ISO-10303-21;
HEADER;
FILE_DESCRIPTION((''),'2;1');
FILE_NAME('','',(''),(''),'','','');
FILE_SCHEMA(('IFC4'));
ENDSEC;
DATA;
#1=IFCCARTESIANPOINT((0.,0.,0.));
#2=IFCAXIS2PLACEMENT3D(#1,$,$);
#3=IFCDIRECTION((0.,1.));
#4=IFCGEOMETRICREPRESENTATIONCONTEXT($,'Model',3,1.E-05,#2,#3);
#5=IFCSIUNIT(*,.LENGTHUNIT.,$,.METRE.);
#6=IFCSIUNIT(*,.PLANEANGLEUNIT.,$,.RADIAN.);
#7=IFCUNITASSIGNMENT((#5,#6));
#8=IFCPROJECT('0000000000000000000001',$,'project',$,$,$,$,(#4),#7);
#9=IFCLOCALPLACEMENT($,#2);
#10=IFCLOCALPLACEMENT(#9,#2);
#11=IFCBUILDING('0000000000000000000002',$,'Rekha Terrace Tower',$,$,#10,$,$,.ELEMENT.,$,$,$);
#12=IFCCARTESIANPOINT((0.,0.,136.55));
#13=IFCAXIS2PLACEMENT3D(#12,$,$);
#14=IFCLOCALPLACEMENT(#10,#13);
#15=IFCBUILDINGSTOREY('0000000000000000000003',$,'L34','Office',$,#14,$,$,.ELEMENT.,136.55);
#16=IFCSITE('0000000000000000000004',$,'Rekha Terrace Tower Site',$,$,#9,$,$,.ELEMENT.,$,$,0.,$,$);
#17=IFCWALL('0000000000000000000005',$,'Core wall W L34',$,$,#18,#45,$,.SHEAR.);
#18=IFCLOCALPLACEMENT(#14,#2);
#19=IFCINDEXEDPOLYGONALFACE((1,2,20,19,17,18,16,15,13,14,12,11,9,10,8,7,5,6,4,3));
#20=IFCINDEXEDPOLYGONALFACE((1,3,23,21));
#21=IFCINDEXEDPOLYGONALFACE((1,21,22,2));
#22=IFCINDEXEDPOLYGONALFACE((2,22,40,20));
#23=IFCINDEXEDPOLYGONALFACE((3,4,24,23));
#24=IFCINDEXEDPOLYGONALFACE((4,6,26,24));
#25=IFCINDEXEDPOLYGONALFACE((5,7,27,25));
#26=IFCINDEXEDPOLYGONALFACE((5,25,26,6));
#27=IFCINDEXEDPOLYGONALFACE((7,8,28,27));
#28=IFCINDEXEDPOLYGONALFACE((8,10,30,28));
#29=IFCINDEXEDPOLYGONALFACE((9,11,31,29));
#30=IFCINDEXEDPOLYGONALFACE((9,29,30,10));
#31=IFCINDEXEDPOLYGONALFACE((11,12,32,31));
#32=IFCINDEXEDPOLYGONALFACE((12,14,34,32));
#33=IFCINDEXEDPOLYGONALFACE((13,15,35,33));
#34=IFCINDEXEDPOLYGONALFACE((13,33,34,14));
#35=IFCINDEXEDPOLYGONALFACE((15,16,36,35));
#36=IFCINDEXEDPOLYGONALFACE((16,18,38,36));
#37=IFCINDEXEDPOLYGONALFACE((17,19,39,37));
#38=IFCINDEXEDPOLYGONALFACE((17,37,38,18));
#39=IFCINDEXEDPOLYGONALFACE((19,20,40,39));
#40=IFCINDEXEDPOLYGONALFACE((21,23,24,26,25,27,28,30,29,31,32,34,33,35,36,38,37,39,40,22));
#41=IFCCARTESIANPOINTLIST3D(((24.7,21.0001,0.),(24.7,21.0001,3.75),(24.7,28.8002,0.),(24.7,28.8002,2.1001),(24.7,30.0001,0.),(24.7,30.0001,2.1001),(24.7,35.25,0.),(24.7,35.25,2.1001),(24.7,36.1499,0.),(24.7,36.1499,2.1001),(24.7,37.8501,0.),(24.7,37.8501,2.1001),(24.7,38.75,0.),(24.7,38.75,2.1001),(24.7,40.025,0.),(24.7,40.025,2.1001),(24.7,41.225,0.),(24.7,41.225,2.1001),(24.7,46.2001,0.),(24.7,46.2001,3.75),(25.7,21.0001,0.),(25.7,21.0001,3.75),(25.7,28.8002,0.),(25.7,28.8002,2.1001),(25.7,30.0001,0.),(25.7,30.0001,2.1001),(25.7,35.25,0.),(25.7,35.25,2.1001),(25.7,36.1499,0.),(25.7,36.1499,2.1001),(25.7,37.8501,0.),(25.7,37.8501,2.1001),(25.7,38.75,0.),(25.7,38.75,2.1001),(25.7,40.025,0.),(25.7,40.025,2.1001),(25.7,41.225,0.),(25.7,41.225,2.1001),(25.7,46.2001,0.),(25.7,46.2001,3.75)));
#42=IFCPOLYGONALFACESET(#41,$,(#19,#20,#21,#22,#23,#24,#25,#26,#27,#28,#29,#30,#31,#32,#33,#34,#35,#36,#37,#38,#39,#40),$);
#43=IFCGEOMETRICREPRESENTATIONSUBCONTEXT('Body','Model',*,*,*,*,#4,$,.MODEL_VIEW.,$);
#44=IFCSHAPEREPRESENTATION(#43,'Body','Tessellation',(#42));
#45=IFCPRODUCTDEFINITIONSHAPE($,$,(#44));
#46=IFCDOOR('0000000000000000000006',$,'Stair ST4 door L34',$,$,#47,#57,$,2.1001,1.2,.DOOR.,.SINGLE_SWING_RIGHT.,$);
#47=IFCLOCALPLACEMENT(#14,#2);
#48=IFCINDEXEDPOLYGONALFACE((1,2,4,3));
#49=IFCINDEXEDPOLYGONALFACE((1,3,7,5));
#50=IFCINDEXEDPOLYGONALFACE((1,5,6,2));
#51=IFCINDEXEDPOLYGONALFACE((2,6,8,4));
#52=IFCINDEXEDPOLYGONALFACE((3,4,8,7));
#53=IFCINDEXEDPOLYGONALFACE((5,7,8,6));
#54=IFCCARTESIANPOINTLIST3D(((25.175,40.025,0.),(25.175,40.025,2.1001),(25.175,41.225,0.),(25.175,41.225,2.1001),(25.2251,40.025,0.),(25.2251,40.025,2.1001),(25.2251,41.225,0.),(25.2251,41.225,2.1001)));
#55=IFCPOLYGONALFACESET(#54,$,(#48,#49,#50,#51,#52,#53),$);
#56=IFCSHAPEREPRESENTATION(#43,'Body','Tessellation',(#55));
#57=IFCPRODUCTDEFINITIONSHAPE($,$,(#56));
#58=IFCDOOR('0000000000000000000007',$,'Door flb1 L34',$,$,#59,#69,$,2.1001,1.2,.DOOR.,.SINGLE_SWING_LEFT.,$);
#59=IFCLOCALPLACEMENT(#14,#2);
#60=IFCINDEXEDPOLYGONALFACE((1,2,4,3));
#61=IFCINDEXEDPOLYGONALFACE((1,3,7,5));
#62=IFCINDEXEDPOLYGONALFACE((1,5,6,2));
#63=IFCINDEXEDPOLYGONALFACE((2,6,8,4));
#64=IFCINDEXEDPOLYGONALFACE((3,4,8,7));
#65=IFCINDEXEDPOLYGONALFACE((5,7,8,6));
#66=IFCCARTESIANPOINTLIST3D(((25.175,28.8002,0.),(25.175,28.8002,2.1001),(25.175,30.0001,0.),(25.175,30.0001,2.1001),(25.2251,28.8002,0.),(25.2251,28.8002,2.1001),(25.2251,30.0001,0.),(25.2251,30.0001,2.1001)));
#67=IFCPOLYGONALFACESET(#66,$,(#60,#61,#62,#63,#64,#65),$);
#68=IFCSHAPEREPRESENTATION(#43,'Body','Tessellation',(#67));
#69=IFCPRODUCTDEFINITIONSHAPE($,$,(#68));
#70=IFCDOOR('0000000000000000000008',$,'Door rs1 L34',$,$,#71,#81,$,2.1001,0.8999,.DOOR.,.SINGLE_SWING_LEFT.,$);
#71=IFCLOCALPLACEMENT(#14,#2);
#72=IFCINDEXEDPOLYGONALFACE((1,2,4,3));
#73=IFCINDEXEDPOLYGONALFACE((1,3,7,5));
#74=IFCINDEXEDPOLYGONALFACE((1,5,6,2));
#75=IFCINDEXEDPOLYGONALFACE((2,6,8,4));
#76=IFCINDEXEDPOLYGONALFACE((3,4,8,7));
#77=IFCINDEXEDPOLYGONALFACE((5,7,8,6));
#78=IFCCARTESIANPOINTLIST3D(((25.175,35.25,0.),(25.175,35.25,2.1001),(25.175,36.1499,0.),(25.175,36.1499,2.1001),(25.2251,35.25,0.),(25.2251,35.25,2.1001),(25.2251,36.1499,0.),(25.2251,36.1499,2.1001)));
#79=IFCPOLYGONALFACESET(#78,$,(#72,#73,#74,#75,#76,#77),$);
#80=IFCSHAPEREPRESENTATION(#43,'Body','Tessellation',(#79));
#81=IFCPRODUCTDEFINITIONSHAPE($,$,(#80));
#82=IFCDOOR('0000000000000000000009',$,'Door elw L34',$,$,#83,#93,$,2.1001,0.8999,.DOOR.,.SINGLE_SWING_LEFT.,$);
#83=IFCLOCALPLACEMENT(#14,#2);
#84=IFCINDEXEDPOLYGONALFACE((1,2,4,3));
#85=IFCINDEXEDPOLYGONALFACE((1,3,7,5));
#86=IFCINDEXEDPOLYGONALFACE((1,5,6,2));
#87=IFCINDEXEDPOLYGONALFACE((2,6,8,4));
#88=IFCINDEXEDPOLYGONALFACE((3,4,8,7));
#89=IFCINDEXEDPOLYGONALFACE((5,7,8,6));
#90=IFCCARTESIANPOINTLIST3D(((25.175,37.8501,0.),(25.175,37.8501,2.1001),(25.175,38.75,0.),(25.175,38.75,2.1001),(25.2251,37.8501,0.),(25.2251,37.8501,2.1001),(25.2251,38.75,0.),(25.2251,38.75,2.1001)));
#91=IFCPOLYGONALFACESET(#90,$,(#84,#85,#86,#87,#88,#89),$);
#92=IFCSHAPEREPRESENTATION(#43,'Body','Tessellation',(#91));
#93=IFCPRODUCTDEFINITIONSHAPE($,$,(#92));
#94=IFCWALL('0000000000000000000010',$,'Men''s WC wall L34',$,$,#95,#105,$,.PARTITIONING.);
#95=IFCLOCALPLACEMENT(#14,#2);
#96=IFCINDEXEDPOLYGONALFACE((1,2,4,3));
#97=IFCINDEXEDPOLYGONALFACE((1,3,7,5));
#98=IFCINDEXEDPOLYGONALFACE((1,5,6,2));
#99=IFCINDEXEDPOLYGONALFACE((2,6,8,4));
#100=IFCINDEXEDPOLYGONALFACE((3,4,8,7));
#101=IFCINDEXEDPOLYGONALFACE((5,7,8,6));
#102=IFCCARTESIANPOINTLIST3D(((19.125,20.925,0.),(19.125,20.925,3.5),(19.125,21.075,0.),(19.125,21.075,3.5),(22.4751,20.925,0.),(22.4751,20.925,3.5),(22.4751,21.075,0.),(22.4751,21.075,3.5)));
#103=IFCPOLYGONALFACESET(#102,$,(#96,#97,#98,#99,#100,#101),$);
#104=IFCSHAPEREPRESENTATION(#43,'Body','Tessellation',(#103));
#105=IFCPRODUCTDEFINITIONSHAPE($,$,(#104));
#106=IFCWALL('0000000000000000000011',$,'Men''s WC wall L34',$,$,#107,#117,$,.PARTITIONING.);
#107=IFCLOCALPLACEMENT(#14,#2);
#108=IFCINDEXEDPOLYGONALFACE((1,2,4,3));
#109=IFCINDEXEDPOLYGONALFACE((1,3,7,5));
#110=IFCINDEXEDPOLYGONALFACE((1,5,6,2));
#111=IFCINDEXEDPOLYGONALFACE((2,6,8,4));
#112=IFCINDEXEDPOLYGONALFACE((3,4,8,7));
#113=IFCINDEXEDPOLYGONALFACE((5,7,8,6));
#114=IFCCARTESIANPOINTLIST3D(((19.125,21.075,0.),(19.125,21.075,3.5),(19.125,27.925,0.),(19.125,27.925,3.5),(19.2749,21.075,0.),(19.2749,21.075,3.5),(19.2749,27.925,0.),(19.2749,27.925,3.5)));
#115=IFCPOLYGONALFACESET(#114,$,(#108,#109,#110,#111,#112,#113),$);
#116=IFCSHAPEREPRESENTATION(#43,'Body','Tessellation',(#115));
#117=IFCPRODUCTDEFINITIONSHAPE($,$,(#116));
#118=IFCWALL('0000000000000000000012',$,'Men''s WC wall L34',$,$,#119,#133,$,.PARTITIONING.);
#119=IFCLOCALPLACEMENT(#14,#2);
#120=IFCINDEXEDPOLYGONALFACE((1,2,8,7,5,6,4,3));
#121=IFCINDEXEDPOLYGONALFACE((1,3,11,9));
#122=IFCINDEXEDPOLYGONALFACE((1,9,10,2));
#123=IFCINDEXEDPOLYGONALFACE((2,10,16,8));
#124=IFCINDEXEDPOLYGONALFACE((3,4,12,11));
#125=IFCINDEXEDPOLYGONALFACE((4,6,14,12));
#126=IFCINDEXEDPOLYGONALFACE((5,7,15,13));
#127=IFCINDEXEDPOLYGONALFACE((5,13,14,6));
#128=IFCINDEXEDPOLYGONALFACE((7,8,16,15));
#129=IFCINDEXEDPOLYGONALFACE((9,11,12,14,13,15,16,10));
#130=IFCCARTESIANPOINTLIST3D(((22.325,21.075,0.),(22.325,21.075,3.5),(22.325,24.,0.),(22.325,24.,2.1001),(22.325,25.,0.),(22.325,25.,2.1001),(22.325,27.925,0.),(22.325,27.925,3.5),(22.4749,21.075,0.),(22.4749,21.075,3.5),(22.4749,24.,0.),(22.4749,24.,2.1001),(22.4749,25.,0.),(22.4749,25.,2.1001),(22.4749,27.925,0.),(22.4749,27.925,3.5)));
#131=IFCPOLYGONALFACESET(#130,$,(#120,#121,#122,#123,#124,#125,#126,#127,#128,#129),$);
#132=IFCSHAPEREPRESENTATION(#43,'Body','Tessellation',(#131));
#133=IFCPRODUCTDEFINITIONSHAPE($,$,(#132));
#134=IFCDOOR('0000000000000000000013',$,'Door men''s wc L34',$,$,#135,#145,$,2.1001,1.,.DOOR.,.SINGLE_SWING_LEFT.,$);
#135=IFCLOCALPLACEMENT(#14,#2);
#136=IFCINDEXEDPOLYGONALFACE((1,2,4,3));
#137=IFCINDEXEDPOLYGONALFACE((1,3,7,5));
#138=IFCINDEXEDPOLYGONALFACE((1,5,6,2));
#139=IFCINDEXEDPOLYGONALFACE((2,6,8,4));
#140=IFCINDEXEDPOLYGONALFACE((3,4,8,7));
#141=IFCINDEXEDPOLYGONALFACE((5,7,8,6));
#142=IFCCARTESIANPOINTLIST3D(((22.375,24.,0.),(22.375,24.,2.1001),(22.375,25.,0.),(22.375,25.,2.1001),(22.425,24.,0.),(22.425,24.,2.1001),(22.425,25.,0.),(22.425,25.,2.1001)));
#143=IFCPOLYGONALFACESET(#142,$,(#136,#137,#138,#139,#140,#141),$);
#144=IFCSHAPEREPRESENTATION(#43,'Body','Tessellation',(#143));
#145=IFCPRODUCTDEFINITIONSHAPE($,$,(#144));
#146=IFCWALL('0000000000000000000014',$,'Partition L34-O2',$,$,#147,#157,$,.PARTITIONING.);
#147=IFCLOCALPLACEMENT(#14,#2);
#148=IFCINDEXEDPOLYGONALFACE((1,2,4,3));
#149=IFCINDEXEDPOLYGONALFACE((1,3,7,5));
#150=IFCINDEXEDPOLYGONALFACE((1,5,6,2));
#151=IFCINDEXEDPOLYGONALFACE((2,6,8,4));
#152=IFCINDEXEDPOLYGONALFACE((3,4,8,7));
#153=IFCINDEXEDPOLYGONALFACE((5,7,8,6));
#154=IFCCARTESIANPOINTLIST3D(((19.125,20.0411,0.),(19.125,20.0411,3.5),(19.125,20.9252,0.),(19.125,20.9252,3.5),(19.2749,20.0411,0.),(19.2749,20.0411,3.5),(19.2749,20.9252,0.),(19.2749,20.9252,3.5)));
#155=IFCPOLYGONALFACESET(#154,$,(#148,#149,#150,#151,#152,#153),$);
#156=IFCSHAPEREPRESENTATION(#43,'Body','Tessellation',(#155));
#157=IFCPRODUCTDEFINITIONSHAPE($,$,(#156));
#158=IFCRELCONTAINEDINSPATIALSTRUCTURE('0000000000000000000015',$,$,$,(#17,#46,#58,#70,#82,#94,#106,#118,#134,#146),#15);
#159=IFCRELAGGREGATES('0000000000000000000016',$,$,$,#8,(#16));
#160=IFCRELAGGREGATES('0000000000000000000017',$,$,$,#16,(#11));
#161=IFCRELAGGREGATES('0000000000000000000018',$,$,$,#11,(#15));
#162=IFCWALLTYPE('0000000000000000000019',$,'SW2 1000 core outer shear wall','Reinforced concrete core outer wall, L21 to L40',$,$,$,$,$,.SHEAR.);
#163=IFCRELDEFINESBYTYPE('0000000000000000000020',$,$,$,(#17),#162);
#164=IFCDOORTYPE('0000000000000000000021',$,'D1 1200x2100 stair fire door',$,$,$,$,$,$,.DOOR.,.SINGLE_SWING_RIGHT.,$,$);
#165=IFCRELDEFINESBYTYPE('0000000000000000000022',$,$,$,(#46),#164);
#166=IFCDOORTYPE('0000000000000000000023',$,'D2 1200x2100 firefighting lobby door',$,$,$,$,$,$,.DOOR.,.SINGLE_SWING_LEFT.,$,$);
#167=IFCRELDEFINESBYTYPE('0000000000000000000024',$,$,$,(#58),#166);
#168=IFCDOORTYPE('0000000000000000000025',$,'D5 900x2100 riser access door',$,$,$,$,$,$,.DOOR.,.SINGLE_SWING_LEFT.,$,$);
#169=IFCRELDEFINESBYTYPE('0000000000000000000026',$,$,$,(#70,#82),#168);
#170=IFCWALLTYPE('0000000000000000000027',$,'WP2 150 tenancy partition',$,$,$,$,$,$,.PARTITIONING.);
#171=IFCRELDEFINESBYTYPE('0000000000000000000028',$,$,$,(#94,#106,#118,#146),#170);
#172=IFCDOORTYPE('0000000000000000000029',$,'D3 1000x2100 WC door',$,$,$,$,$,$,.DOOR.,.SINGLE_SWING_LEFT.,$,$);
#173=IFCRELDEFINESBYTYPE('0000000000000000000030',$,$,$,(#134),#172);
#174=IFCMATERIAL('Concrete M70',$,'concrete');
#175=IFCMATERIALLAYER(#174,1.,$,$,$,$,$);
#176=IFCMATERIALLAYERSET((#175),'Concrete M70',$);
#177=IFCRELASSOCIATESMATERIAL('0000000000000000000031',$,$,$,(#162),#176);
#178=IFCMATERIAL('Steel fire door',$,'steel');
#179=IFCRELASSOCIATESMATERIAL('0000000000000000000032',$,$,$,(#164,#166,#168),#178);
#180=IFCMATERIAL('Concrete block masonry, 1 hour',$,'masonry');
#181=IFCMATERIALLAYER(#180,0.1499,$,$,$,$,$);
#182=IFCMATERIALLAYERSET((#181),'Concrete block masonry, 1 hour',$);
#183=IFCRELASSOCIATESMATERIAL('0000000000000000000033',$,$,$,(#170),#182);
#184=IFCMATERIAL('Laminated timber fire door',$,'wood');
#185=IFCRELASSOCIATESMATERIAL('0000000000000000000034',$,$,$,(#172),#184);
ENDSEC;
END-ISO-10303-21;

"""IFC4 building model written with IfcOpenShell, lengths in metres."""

from ifc_helpers import new_model, si_unit, direction, frame, frame_2d, origin, place, context, subcontext, project, spatial, rectangle, extrude, material, layer, layer_set, type_object, element, fill, save


model = new_model("IFC4")

# Units and contexts
model_context = context("Model", 3, precision=1e-05, world=origin(), true_north=direction((0.0, 1.0)))
body_context = subcontext(model_context, "Body", "Model", "MODEL_VIEW")
ifc_project = project(units=[si_unit("LENGTHUNIT", "METRE"), si_unit("PLANEANGLEUNIT", "RADIAN")], contexts=[model_context])

# Site, building, storey
site_placement = place(None, origin())
site = spatial("IfcSite", under=ifc_project, at=site_placement, Name="Rekha Terrace Tower Site", CompositionType="ELEMENT", RefElevation=0.0)
building_placement = place(site_placement, origin())
building = spatial("IfcBuilding", under=site, at=building_placement, Name="Rekha Terrace Tower", CompositionType="ELEMENT")
storey_placement = place(building_placement, frame((0.0, 0.0, 136.55)))
storey = spatial("IfcBuildingStorey", under=building, at=storey_placement, Name="L34", Description="Office", CompositionType="ELEMENT", Elevation=136.55)

# Shared definitions
ifc_material_1 = material(Name="Concrete M70", Category="concrete")

# Shared definitions
ifc_layer_1 = layer(ifc_material_1, 1.0)
ifc_layer_set_1 = layer_set([ifc_layer_1], Name="Concrete M70")
wall_type_1 = type_object("IfcWallType", Name="SW2 1000 core outer shear wall", Description="Reinforced concrete core outer wall, L21 to L40", PredefinedType="SHEAR", material=ifc_layer_set_1)

# Wall, openings, doors
wall_1_placement = place(storey_placement, frame((25.2, 21.0, 0.0), z_axis=(0.0, 0.0, 1.0), x_axis=(0.0, 1.0, 0.0)))
wall_1 = element("IfcWall", 1, at=wall_1_placement, inside=storey, type_object=wall_type_1, Name="Core wall W L34", PredefinedType="SHEAR", context=body_context, shape_type="SweptSolid", body=[
    extrude(rectangle(XDim=25.2, YDim=1.0, at=frame_2d((12.6001, 0.0))), origin(), (0.0, 0.0, 1.0), 3.75),
])
opening_1_placement = place(wall_1_placement, frame((7.8, 0.0, 0.0)))
opening_1 = element("IfcOpeningElement", 2, at=opening_1_placement, cuts=wall_1, PredefinedType="OPENING", context=body_context, shape_type="SweptSolid", body=[
    extrude(rectangle(XDim=1.2, YDim=2.1001, at=frame_2d((0.6001, 1.05))), frame((0.0, 0.51, 0.0), z_axis=(0.0, -1.0, 0.0), x_axis=(1.0, 0.0, 0.0)), (0.0, 0.0, 1.0), 1.02),
])
opening_2_placement = place(wall_1_placement, frame((14.25, 0.0, 0.0)))
opening_2 = element("IfcOpeningElement", 3, at=opening_2_placement, cuts=wall_1, PredefinedType="OPENING", context=body_context, shape_type="SweptSolid", body=[
    extrude(rectangle(XDim=0.8999, YDim=2.1001, at=frame_2d((0.45, 1.05))), frame((0.0, 0.51, 0.0), z_axis=(0.0, -1.0, 0.0), x_axis=(1.0, 0.0, 0.0)), (0.0, 0.0, 1.0), 1.02),
])
opening_3_placement = place(wall_1_placement, frame((16.8501, 0.0, 0.0)))
opening_3 = element("IfcOpeningElement", 4, at=opening_3_placement, cuts=wall_1, PredefinedType="OPENING", context=body_context, shape_type="SweptSolid", body=[
    extrude(rectangle(XDim=0.8999, YDim=2.1001, at=frame_2d((0.45, 1.05))), frame((0.0, 0.51, 0.0), z_axis=(0.0, -1.0, 0.0), x_axis=(1.0, 0.0, 0.0)), (0.0, 0.0, 1.0), 1.02),
])
opening_4_placement = place(wall_1_placement, frame((19.0249, 0.0, 0.0)))
opening_4 = element("IfcOpeningElement", 5, at=opening_4_placement, cuts=wall_1, PredefinedType="OPENING", context=body_context, shape_type="SweptSolid", body=[
    extrude(rectangle(XDim=1.2, YDim=2.1001, at=frame_2d((0.6001, 1.05))), frame((0.0, 0.51, 0.0), z_axis=(0.0, -1.0, 0.0), x_axis=(1.0, 0.0, 0.0)), (0.0, 0.0, 1.0), 1.02),
])
ifc_material_2 = material(Name="Steel fire door", Category="steel")
door_type_1 = type_object("IfcDoorType", Name="D1 1200x2100 stair fire door", OperationType="SINGLE_SWING_RIGHT", PredefinedType="DOOR", material=ifc_material_2)
door_1_placement = place(opening_4_placement, origin())
door_1 = element("IfcDoor", 6, at=door_1_placement, inside=storey, type_object=door_type_1, Name="Stair ST4 door L34", OperationType="SINGLE_SWING_RIGHT", OverallHeight=2.1001, OverallWidth=1.2, PredefinedType="DOOR", context=body_context, shape_type="SweptSolid", body=[
    extrude(rectangle(XDim=1.2, YDim=2.1001, at=frame_2d((0.6001, 1.05))), frame((0.0, 0.0249, 0.0), z_axis=(0.0, -1.0, 0.0), x_axis=(1.0, 0.0, 0.0)), (0.0, 0.0, 1.0), 0.05),
])
fill(opening_4, door_1)
door_type_2 = type_object("IfcDoorType", Name="D2 1200x2100 firefighting lobby door", OperationType="SINGLE_SWING_LEFT", PredefinedType="DOOR", material=ifc_material_2)
door_2_placement = place(opening_1_placement, origin())
door_2 = element("IfcDoor", 7, at=door_2_placement, inside=storey, type_object=door_type_2, Name="Door flb1 L34", OperationType="SINGLE_SWING_LEFT", OverallHeight=2.1001, OverallWidth=1.2, PredefinedType="DOOR", context=body_context, shape_type="SweptSolid", body=[
    extrude(rectangle(XDim=1.2, YDim=2.1001, at=frame_2d((0.6001, 1.05))), frame((0.0, 0.0249, 0.0), z_axis=(0.0, -1.0, 0.0), x_axis=(1.0, 0.0, 0.0)), (0.0, 0.0, 1.0), 0.05),
])
fill(opening_1, door_2)
door_type_3 = type_object("IfcDoorType", Name="D5 900x2100 riser access door", OperationType="SINGLE_SWING_LEFT", PredefinedType="DOOR", material=ifc_material_2)
door_3_placement = place(opening_2_placement, origin())
door_3 = element("IfcDoor", 8, at=door_3_placement, inside=storey, type_object=door_type_3, Name="Door rs1 L34", OperationType="SINGLE_SWING_LEFT", OverallHeight=2.1001, OverallWidth=0.8999, PredefinedType="DOOR", context=body_context, shape_type="SweptSolid", body=[
    extrude(rectangle(XDim=0.8999, YDim=2.1001, at=frame_2d((0.45, 1.05))), frame((0.0, 0.0249, 0.0), z_axis=(0.0, -1.0, 0.0), x_axis=(1.0, 0.0, 0.0)), (0.0, 0.0, 1.0), 0.05),
])
fill(opening_2, door_3)
door_4_placement = place(opening_3_placement, origin())
door_4 = element("IfcDoor", 9, at=door_4_placement, inside=storey, type_object=door_type_3, Name="Door elw L34", OperationType="SINGLE_SWING_LEFT", OverallHeight=2.1001, OverallWidth=0.8999, PredefinedType="DOOR", context=body_context, shape_type="SweptSolid", body=[
    extrude(rectangle(XDim=0.8999, YDim=2.1001, at=frame_2d((0.45, 1.05))), frame((0.0, 0.0249, 0.0), z_axis=(0.0, -1.0, 0.0), x_axis=(1.0, 0.0, 0.0)), (0.0, 0.0, 1.0), 0.05),
])
fill(opening_3, door_4)

# Walls
ifc_material_3 = material(Name="Concrete block masonry, 1 hour", Category="masonry")
ifc_layer_2 = layer(ifc_material_3, 0.1499)
ifc_layer_set_2 = layer_set([ifc_layer_2], Name="Concrete block masonry, 1 hour")
wall_type_2 = type_object("IfcWallType", Name="WP2 150 tenancy partition", PredefinedType="PARTITIONING", material=ifc_layer_set_2)
wall_2_placement = place(storey_placement, frame((19.125, 21.0, 0.0), z_axis=(0.0, 0.0, 1.0), x_axis=(1.0, 0.0, 0.0)))
element("IfcWall", 10, at=wall_2_placement, inside=storey, type_object=wall_type_2, Name="Men's WC wall L34", PredefinedType="PARTITIONING", context=body_context, shape_type="SweptSolid", body=[
    extrude(rectangle(XDim=3.3501, YDim=0.1499, at=frame_2d((1.675, 0.0))), origin(), (0.0, 0.0, 1.0), 3.5),
])
wall_3_placement = place(storey_placement, frame((19.2, 21.075, 0.0), z_axis=(0.0, 0.0, 1.0), x_axis=(0.0, 1.0, 0.0)))
element("IfcWall", 11, at=wall_3_placement, inside=storey, type_object=wall_type_2, Name="Men's WC wall L34", PredefinedType="PARTITIONING", context=body_context, shape_type="SweptSolid", body=[
    extrude(rectangle(XDim=6.8501, YDim=0.1499, at=frame_2d((3.425, 0.0))), origin(), (0.0, 0.0, 1.0), 3.5),
])

# Wall, opening, door
wall_4_placement = place(storey_placement, frame((22.3999, 21.075, 0.0), z_axis=(0.0, 0.0, 1.0), x_axis=(0.0, 1.0, 0.0)))
wall_4 = element("IfcWall", 12, at=wall_4_placement, inside=storey, type_object=wall_type_2, Name="Men's WC wall L34", PredefinedType="PARTITIONING", context=body_context, shape_type="SweptSolid", body=[
    extrude(rectangle(XDim=6.8501, YDim=0.1499, at=frame_2d((3.425, 0.0))), origin(), (0.0, 0.0, 1.0), 3.5),
])
opening_5_placement = place(wall_4_placement, frame((2.925, 0.0, 0.0)))
opening_5 = element("IfcOpeningElement", 13, at=opening_5_placement, cuts=wall_4, PredefinedType="OPENING", context=body_context, shape_type="SweptSolid", body=[
    extrude(rectangle(XDim=1.0, YDim=2.1001, at=frame_2d((0.5, 1.05))), frame((0.0, 0.085, 0.0), z_axis=(0.0, -1.0, 0.0), x_axis=(1.0, 0.0, 0.0)), (0.0, 0.0, 1.0), 0.1699),
])
ifc_material_4 = material(Name="Laminated timber fire door", Category="wood")
door_type_4 = type_object("IfcDoorType", Name="D3 1000x2100 WC door", OperationType="SINGLE_SWING_LEFT", PredefinedType="DOOR", material=ifc_material_4)
door_5_placement = place(opening_5_placement, origin())
door_5 = element("IfcDoor", 14, at=door_5_placement, inside=storey, type_object=door_type_4, Name="Door men's wc L34", OperationType="SINGLE_SWING_LEFT", OverallHeight=2.1001, OverallWidth=1.0, PredefinedType="DOOR", context=body_context, shape_type="SweptSolid", body=[
    extrude(rectangle(XDim=1.0, YDim=2.1001, at=frame_2d((0.5, 1.05))), frame((0.0, 0.0249, 0.0), z_axis=(0.0, -1.0, 0.0), x_axis=(1.0, 0.0, 0.0)), (0.0, 0.0, 1.0), 0.05),
])
fill(opening_5, door_5)

# Wall
wall_5_placement = place(storey_placement, frame((19.2, 20.925, 0.0), z_axis=(0.0, 0.0, 1.0), x_axis=(0.0, -1.0, 0.0)))
element("IfcWall", 15, at=wall_5_placement, inside=storey, type_object=wall_type_2, Name="Partition L34-O2", PredefinedType="PARTITIONING", context=body_context, shape_type="SweptSolid", body=[
    extrude(rectangle(XDim=0.884, YDim=0.1499, at=frame_2d((0.4419, 0.0))), origin(), (0.0, 0.0, 1.0), 3.5),
])

save(model, "model.ifc")
